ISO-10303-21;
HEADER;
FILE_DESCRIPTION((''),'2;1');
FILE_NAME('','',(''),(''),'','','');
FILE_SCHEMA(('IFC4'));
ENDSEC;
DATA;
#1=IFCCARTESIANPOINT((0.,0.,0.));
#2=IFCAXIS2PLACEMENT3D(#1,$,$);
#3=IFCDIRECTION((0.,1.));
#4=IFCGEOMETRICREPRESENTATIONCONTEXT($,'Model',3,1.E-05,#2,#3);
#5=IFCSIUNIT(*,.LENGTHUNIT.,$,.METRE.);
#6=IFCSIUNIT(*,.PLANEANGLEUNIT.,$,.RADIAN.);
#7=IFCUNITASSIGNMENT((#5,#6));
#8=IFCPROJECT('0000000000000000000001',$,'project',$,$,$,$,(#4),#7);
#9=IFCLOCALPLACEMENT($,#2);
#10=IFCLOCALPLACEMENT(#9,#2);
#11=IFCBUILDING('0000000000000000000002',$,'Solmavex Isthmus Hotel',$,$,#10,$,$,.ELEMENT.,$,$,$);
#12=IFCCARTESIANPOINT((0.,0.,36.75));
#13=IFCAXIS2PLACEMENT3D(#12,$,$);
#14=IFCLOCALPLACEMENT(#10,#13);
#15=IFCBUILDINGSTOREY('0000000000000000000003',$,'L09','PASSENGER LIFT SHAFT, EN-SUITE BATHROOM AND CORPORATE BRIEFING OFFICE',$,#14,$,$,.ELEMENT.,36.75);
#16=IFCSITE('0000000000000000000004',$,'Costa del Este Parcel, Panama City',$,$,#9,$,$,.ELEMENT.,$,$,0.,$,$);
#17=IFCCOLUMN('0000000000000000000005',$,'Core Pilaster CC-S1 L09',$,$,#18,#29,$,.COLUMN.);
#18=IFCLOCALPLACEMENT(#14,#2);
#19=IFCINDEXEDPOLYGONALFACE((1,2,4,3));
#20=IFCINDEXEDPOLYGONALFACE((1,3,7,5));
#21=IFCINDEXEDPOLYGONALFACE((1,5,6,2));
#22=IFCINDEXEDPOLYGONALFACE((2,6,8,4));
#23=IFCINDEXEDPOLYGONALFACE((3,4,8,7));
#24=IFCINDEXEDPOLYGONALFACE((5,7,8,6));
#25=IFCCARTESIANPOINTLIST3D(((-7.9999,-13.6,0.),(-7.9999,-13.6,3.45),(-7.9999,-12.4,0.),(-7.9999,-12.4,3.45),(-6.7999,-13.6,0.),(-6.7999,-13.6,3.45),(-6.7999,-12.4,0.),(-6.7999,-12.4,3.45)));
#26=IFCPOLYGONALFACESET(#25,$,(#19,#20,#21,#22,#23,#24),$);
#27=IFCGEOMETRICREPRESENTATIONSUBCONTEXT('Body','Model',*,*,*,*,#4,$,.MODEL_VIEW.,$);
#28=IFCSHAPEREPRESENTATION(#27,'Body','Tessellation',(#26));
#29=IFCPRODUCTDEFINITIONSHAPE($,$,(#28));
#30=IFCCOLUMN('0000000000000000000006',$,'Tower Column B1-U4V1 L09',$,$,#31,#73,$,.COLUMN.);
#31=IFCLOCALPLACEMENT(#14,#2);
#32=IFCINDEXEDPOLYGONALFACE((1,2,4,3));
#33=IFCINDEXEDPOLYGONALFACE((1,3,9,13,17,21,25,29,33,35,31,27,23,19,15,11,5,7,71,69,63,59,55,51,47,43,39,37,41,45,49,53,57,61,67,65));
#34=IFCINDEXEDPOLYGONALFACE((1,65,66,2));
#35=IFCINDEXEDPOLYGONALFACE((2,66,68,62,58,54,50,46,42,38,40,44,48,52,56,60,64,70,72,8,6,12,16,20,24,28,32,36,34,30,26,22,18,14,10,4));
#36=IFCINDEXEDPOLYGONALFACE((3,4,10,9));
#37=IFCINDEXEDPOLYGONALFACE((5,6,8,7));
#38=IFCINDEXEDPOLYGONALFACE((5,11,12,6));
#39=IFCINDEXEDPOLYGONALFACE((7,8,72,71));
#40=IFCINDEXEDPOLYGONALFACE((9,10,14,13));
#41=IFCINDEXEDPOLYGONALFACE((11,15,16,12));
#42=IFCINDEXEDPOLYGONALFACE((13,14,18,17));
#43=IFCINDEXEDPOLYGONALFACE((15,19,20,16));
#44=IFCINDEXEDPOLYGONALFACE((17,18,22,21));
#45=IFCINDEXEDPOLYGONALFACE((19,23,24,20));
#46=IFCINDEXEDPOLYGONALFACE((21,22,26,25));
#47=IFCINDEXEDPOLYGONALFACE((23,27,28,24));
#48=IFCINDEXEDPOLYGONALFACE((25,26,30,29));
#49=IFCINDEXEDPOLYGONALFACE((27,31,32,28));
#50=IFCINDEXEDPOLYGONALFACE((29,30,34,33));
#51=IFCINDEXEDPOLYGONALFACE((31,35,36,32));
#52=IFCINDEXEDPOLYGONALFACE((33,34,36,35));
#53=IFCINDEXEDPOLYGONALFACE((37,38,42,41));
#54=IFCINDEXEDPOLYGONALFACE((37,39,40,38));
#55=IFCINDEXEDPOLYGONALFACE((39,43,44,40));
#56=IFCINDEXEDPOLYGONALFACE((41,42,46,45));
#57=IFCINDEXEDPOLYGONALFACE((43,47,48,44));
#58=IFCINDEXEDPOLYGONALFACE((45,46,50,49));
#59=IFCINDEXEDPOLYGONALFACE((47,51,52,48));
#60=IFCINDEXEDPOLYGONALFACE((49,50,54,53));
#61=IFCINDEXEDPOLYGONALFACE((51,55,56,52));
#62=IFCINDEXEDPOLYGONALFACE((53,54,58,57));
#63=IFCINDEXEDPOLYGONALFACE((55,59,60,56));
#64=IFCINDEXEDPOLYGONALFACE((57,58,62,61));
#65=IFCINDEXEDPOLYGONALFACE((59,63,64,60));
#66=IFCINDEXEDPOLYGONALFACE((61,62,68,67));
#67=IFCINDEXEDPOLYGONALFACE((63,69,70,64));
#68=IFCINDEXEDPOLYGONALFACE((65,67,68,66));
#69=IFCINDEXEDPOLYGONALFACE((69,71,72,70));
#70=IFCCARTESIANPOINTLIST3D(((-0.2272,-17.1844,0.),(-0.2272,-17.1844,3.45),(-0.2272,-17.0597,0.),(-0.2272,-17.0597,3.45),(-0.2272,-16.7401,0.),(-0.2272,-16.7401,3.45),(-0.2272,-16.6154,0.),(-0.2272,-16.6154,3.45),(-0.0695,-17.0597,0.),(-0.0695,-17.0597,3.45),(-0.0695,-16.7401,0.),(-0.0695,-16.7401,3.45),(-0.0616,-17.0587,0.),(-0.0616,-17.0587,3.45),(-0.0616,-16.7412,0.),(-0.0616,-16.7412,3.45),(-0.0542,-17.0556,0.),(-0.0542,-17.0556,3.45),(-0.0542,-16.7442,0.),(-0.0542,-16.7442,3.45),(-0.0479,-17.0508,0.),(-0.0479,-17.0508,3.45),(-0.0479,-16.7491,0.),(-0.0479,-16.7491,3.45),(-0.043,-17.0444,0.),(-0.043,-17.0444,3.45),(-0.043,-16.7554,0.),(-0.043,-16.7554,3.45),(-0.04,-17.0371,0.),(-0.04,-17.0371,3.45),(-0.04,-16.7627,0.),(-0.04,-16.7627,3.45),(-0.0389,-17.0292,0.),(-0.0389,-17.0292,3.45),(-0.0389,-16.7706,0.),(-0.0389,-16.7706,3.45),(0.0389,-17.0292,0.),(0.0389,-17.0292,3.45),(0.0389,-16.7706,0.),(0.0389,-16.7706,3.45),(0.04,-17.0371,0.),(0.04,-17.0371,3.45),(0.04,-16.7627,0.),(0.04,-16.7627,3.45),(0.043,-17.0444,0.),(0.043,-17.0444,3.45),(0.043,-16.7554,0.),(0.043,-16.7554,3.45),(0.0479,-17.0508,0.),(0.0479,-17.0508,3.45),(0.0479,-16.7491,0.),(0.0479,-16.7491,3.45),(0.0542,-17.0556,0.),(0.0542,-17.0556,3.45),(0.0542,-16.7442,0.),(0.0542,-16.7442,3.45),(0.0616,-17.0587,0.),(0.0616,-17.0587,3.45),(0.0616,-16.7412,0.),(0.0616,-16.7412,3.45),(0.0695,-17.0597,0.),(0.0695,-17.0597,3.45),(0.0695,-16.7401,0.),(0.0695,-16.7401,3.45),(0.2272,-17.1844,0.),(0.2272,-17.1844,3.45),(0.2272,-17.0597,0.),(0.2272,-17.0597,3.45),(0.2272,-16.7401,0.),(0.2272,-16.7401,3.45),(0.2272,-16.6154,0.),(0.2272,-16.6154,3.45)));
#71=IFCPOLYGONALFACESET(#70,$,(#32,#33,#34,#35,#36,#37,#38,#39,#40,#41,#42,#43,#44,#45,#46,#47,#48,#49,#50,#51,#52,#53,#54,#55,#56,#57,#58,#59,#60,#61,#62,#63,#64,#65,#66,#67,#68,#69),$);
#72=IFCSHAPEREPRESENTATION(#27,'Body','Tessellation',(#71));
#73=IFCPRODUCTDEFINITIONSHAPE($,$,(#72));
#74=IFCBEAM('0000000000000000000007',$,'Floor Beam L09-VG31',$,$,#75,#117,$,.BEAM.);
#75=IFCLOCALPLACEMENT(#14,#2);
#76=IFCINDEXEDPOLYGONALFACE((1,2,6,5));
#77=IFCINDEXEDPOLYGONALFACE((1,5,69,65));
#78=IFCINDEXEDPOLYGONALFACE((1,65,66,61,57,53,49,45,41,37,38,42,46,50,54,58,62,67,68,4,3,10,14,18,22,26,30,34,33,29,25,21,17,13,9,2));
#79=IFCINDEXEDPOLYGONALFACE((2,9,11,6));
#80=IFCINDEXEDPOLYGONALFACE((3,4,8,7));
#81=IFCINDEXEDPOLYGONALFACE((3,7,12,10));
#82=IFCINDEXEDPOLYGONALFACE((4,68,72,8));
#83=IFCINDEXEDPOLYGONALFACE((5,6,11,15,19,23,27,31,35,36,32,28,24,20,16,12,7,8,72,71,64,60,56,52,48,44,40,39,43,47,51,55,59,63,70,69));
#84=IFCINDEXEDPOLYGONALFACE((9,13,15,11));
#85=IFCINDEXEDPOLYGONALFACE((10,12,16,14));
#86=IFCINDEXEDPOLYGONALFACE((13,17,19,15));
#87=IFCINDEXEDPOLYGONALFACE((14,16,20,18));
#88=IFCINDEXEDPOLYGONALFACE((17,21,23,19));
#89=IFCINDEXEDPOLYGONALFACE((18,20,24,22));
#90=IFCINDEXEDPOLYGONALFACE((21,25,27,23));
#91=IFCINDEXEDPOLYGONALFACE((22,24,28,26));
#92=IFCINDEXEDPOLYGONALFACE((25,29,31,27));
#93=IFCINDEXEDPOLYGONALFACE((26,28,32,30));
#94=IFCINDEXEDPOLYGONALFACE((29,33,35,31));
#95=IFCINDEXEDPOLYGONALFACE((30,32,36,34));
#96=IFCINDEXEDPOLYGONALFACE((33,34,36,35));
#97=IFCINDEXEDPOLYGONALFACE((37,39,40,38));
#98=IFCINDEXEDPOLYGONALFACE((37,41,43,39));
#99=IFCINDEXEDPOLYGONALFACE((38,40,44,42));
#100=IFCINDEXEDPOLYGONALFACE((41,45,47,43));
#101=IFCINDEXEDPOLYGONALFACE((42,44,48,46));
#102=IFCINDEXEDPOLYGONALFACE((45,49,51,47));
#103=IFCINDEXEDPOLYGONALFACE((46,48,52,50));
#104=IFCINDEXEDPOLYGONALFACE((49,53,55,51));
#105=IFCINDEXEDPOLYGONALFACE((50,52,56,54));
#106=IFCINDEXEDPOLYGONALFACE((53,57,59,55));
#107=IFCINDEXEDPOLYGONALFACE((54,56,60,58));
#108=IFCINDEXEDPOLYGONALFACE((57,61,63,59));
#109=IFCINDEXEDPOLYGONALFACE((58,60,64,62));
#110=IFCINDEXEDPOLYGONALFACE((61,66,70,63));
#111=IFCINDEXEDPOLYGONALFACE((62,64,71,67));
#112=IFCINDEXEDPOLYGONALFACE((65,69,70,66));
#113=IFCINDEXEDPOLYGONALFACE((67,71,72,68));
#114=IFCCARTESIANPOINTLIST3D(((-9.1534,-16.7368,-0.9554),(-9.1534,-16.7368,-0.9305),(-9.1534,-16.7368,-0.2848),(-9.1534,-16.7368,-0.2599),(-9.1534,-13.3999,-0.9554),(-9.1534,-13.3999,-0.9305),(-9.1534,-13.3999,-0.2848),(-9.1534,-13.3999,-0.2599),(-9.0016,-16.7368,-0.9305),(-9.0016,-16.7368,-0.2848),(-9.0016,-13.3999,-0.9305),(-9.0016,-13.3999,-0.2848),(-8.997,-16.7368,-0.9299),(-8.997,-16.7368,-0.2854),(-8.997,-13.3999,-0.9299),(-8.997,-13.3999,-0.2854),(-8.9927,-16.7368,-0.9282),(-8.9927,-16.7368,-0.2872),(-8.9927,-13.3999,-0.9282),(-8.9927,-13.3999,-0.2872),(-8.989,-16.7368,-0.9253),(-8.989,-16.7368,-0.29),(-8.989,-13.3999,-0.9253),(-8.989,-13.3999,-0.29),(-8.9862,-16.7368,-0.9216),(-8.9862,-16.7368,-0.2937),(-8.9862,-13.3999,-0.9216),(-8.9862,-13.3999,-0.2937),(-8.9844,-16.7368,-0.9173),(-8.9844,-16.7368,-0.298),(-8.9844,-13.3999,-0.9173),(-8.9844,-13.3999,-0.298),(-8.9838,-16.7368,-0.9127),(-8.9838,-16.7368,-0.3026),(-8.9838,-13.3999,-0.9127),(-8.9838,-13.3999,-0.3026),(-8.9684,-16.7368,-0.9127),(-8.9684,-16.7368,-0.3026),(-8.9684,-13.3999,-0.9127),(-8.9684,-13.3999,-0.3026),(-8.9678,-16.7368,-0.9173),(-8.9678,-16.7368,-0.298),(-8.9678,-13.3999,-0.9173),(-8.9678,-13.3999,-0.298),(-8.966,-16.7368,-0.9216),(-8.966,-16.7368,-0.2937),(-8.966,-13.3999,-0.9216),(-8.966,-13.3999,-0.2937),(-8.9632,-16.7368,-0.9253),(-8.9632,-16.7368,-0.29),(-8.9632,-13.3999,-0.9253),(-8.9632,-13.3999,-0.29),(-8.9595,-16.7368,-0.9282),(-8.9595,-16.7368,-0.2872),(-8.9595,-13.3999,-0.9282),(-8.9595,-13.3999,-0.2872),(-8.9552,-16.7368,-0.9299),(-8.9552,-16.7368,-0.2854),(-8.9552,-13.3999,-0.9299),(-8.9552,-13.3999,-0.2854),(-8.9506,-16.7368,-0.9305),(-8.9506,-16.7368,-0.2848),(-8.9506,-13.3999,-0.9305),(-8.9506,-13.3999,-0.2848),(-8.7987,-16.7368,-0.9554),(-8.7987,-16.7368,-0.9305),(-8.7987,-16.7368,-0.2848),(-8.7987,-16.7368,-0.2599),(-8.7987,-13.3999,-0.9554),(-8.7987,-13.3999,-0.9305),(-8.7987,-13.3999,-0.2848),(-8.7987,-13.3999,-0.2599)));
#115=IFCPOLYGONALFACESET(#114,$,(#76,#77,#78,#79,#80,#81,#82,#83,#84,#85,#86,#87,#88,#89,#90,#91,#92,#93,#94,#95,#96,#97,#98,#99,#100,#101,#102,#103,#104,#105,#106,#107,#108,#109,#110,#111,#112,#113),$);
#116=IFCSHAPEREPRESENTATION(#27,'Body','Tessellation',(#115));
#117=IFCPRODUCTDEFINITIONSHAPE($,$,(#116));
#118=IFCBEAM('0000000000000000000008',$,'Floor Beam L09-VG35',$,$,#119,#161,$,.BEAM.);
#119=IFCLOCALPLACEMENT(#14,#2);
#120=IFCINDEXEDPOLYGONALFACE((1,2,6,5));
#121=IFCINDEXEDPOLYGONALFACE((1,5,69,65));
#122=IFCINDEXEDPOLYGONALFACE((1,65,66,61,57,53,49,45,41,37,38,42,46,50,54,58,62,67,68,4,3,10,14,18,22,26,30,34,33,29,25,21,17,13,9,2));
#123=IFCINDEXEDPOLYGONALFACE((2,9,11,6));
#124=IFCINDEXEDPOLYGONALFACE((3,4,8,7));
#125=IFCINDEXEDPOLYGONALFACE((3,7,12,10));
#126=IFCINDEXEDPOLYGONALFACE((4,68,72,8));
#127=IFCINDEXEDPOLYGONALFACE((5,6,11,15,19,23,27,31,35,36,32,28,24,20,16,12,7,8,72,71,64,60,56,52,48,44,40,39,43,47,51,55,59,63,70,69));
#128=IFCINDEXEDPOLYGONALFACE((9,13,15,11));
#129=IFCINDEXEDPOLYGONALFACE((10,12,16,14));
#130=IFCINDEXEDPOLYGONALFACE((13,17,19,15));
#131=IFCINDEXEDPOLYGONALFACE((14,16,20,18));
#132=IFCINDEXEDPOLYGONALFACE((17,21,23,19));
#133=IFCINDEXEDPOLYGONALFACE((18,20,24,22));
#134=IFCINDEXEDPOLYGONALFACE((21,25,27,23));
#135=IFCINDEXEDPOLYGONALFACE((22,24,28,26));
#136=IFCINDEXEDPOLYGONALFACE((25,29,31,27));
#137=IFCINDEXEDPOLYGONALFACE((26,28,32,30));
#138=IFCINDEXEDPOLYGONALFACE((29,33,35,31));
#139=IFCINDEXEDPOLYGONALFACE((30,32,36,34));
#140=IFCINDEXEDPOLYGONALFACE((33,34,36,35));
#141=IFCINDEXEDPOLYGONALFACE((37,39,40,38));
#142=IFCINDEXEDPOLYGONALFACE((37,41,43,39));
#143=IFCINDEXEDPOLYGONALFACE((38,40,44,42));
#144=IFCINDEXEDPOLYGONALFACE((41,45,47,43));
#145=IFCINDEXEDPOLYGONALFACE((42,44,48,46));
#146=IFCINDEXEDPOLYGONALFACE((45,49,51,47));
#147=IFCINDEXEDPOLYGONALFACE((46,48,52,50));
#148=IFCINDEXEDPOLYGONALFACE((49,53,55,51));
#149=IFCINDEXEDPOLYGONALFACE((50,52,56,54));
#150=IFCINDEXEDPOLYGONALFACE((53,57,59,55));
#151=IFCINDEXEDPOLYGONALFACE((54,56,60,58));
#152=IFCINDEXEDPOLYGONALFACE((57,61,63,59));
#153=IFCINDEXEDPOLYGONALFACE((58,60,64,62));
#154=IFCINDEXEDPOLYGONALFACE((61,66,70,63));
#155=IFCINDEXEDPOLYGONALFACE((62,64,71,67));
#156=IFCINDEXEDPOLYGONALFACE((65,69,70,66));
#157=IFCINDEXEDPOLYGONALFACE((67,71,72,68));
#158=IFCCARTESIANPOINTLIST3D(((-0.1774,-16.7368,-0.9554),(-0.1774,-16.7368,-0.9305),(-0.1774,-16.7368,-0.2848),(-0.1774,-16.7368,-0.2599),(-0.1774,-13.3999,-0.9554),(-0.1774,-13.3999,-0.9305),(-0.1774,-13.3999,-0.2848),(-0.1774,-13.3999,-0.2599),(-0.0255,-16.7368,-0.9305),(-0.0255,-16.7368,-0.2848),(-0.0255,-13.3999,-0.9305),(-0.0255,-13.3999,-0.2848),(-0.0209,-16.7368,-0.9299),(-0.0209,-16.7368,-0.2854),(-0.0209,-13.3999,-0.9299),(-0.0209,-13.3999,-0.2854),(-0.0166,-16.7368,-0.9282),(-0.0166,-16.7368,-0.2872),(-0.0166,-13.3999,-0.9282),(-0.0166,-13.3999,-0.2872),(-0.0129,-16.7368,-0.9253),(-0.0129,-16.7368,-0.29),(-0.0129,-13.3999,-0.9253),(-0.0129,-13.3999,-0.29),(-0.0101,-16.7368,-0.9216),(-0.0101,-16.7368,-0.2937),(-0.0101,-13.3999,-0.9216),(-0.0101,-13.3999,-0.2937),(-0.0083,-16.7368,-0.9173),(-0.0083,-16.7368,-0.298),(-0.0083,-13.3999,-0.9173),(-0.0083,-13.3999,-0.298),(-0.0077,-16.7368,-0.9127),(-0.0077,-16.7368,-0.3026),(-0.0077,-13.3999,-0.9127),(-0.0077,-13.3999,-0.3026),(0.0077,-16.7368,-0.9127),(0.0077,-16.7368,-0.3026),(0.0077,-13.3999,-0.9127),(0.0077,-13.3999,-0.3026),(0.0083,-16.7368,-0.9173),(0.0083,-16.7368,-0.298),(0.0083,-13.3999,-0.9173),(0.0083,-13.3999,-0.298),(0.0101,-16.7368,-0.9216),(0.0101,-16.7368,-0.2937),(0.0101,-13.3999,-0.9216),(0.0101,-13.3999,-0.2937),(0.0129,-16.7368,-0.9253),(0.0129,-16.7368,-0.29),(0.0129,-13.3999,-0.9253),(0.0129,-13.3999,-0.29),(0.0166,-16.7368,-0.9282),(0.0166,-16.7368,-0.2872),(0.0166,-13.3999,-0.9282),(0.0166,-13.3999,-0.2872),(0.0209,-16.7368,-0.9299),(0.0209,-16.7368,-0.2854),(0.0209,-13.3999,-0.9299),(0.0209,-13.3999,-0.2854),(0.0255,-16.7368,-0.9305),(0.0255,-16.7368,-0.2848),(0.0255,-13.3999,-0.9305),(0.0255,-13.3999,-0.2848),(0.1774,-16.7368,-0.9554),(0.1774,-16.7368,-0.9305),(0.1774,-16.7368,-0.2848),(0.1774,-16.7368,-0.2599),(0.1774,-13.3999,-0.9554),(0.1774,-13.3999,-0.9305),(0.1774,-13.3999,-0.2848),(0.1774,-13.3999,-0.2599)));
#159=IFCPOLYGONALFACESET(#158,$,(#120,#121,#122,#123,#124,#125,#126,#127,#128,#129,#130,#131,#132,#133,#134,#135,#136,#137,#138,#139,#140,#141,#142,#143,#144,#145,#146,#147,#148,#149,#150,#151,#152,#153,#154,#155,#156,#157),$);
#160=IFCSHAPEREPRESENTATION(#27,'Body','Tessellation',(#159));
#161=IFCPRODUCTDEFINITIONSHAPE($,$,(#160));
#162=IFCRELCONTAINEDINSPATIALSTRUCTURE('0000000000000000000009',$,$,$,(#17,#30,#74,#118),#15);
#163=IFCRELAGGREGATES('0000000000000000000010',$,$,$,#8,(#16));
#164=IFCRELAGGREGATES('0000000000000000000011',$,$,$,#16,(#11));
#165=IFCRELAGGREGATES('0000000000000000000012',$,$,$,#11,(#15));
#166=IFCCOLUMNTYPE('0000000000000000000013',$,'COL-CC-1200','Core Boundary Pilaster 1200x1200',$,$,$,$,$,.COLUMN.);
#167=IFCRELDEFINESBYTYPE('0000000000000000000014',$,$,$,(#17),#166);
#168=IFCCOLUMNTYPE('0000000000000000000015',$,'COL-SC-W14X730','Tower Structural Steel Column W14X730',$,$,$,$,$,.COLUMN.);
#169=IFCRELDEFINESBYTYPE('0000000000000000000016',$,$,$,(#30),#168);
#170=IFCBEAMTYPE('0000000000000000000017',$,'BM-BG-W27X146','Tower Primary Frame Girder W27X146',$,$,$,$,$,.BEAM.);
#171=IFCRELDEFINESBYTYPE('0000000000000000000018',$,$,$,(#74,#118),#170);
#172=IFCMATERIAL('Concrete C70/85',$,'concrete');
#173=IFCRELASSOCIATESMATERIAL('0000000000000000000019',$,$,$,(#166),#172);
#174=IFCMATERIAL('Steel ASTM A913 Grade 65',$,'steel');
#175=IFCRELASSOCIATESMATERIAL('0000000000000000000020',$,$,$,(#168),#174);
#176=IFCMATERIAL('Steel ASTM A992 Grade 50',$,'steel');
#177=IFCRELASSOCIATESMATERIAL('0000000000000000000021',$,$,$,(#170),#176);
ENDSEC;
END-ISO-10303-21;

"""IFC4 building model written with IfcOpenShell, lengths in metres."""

from ifc_helpers import new_model, si_unit, direction, frame, origin, origin_2d, place, context, subcontext, project, spatial, rectangle, i_section, extrude, material, material_profile, profile_set, type_object, element, save


model = new_model("IFC4")

# Units and contexts
model_context = context("Model", 3, precision=1e-05, world=origin(), true_north=direction((0.0, 1.0)))
body_context = subcontext(model_context, "Body", "Model", "MODEL_VIEW")
ifc_project = project(units=[si_unit("LENGTHUNIT", "METRE"), si_unit("PLANEANGLEUNIT", "RADIAN")], contexts=[model_context])

# Site, building, storey
site_placement = place(None, origin())
site = spatial("IfcSite", under=ifc_project, at=site_placement, Name="Costa del Este Parcel, Panama City", CompositionType="ELEMENT", RefElevation=0.0)
building_placement = place(site_placement, origin())
building = spatial("IfcBuilding", under=site, at=building_placement, Name="Solmavex Isthmus Hotel", CompositionType="ELEMENT")
storey_placement = place(building_placement, frame((0.0, 0.0, 36.75)))
storey = spatial("IfcBuildingStorey", under=building, at=storey_placement, Name="L09", Description="PASSENGER LIFT SHAFT, EN-SUITE BATHROOM AND CORPORATE BRIEFING OFFICE", CompositionType="ELEMENT", Elevation=36.75)

# Columns
ifc_material_1 = material(Name="Concrete C70/85", Category="concrete")
ifc_material_profile_1 = material_profile(ifc_material_1, rectangle(XDim=1.2, YDim=1.2, at=origin_2d()), Name="RC1200X1200")
ifc_profile_set_1 = profile_set([ifc_material_profile_1], Name="Concrete C70/85")
column_type_1 = type_object("IfcColumnType", Name="COL-CC-1200", Description="Core Boundary Pilaster 1200x1200", PredefinedType="COLUMN", material=ifc_profile_set_1)
column_1_placement = place(storey_placement, frame((-7.3999, -13.0, 0.0), z_axis=(0.0, 0.0, 1.0), x_axis=(1.0, 0.0, 0.0)))
element("IfcColumn", 1, at=column_1_placement, inside=storey, type_object=column_type_1, Name="Core Pilaster CC-S1 L09", PredefinedType="COLUMN", context=body_context, shape_type="SweptSolid", body=[
    extrude(rectangle(XDim=1.2, YDim=1.2, at=origin_2d()), origin(), (0.0, 0.0, 1.0), 3.45),
])
ifc_material_2 = material(Name="Steel ASTM A913 Grade 65", Category="steel")
ifc_material_profile_2 = material_profile(ifc_material_2, i_section(OverallWidth=0.4543, OverallDepth=0.5691, WebThickness=0.0779, FlangeThickness=0.1248, FilletRadius=0.0305, at=origin_2d()), Name="W14X730")
ifc_profile_set_2 = profile_set([ifc_material_profile_2], Name="Steel ASTM A913 Grade 65")
column_type_2 = type_object("IfcColumnType", Name="COL-SC-W14X730", Description="Tower Structural Steel Column W14X730", PredefinedType="COLUMN", material=ifc_profile_set_2)
column_2_placement = place(storey_placement, frame((0.0, -16.8999, 0.0), z_axis=(0.0, 0.0, 1.0), x_axis=(1.0, 0.0, 0.0)))
element("IfcColumn", 2, at=column_2_placement, inside=storey, type_object=column_type_2, Name="Tower Column B1-U4V1 L09", PredefinedType="COLUMN", context=body_context, shape_type="SweptSolid", body=[
    extrude(i_section(OverallWidth=0.4543, OverallDepth=0.5691, WebThickness=0.0779, FlangeThickness=0.1248, FilletRadius=0.0305, at=origin_2d()), origin(), (0.0, 0.0, 1.0), 3.45),
])

# Beams
ifc_material_3 = material(Name="Steel ASTM A992 Grade 50", Category="steel")
ifc_material_profile_3 = material_profile(ifc_material_3, i_section(OverallWidth=0.3547, OverallDepth=0.6956, WebThickness=0.0154, FlangeThickness=0.0249, FilletRadius=0.0178, at=origin_2d()), Name="W27X146")
ifc_profile_set_3 = profile_set([ifc_material_profile_3], Name="Steel ASTM A992 Grade 50")
beam_type_1 = type_object("IfcBeamType", Name="BM-BG-W27X146", Description="Tower Primary Frame Girder W27X146", PredefinedType="BEAM", material=ifc_profile_set_3)
for number, where, z_axis, x_axis, name in (
    (3, (-8.9761, -16.7368, -0.6077), (0.0, 1.0, 0.0), (-1.0, 0.0, 0.0), "Floor Beam L09-VG31"),
    (4, (0.0, -16.7368, -0.6077), (0.0, 1.0, 0.0), (-1.0, 0.0, 0.0), "Floor Beam L09-VG35"),
):
    element("IfcBeam", number, at=place(storey_placement, frame(where, z_axis=z_axis, x_axis=x_axis)), inside=storey, type_object=beam_type_1, Name=name, PredefinedType="BEAM", context=body_context, shape_type="SweptSolid", body=[
        extrude(i_section(OverallWidth=0.3547, OverallDepth=0.6956, WebThickness=0.0154, FlangeThickness=0.0249, FilletRadius=0.0178, at=origin_2d()), origin(), (0.0, 0.0, 1.0), 3.3369),
    ])

save(model, "model.ifc")
